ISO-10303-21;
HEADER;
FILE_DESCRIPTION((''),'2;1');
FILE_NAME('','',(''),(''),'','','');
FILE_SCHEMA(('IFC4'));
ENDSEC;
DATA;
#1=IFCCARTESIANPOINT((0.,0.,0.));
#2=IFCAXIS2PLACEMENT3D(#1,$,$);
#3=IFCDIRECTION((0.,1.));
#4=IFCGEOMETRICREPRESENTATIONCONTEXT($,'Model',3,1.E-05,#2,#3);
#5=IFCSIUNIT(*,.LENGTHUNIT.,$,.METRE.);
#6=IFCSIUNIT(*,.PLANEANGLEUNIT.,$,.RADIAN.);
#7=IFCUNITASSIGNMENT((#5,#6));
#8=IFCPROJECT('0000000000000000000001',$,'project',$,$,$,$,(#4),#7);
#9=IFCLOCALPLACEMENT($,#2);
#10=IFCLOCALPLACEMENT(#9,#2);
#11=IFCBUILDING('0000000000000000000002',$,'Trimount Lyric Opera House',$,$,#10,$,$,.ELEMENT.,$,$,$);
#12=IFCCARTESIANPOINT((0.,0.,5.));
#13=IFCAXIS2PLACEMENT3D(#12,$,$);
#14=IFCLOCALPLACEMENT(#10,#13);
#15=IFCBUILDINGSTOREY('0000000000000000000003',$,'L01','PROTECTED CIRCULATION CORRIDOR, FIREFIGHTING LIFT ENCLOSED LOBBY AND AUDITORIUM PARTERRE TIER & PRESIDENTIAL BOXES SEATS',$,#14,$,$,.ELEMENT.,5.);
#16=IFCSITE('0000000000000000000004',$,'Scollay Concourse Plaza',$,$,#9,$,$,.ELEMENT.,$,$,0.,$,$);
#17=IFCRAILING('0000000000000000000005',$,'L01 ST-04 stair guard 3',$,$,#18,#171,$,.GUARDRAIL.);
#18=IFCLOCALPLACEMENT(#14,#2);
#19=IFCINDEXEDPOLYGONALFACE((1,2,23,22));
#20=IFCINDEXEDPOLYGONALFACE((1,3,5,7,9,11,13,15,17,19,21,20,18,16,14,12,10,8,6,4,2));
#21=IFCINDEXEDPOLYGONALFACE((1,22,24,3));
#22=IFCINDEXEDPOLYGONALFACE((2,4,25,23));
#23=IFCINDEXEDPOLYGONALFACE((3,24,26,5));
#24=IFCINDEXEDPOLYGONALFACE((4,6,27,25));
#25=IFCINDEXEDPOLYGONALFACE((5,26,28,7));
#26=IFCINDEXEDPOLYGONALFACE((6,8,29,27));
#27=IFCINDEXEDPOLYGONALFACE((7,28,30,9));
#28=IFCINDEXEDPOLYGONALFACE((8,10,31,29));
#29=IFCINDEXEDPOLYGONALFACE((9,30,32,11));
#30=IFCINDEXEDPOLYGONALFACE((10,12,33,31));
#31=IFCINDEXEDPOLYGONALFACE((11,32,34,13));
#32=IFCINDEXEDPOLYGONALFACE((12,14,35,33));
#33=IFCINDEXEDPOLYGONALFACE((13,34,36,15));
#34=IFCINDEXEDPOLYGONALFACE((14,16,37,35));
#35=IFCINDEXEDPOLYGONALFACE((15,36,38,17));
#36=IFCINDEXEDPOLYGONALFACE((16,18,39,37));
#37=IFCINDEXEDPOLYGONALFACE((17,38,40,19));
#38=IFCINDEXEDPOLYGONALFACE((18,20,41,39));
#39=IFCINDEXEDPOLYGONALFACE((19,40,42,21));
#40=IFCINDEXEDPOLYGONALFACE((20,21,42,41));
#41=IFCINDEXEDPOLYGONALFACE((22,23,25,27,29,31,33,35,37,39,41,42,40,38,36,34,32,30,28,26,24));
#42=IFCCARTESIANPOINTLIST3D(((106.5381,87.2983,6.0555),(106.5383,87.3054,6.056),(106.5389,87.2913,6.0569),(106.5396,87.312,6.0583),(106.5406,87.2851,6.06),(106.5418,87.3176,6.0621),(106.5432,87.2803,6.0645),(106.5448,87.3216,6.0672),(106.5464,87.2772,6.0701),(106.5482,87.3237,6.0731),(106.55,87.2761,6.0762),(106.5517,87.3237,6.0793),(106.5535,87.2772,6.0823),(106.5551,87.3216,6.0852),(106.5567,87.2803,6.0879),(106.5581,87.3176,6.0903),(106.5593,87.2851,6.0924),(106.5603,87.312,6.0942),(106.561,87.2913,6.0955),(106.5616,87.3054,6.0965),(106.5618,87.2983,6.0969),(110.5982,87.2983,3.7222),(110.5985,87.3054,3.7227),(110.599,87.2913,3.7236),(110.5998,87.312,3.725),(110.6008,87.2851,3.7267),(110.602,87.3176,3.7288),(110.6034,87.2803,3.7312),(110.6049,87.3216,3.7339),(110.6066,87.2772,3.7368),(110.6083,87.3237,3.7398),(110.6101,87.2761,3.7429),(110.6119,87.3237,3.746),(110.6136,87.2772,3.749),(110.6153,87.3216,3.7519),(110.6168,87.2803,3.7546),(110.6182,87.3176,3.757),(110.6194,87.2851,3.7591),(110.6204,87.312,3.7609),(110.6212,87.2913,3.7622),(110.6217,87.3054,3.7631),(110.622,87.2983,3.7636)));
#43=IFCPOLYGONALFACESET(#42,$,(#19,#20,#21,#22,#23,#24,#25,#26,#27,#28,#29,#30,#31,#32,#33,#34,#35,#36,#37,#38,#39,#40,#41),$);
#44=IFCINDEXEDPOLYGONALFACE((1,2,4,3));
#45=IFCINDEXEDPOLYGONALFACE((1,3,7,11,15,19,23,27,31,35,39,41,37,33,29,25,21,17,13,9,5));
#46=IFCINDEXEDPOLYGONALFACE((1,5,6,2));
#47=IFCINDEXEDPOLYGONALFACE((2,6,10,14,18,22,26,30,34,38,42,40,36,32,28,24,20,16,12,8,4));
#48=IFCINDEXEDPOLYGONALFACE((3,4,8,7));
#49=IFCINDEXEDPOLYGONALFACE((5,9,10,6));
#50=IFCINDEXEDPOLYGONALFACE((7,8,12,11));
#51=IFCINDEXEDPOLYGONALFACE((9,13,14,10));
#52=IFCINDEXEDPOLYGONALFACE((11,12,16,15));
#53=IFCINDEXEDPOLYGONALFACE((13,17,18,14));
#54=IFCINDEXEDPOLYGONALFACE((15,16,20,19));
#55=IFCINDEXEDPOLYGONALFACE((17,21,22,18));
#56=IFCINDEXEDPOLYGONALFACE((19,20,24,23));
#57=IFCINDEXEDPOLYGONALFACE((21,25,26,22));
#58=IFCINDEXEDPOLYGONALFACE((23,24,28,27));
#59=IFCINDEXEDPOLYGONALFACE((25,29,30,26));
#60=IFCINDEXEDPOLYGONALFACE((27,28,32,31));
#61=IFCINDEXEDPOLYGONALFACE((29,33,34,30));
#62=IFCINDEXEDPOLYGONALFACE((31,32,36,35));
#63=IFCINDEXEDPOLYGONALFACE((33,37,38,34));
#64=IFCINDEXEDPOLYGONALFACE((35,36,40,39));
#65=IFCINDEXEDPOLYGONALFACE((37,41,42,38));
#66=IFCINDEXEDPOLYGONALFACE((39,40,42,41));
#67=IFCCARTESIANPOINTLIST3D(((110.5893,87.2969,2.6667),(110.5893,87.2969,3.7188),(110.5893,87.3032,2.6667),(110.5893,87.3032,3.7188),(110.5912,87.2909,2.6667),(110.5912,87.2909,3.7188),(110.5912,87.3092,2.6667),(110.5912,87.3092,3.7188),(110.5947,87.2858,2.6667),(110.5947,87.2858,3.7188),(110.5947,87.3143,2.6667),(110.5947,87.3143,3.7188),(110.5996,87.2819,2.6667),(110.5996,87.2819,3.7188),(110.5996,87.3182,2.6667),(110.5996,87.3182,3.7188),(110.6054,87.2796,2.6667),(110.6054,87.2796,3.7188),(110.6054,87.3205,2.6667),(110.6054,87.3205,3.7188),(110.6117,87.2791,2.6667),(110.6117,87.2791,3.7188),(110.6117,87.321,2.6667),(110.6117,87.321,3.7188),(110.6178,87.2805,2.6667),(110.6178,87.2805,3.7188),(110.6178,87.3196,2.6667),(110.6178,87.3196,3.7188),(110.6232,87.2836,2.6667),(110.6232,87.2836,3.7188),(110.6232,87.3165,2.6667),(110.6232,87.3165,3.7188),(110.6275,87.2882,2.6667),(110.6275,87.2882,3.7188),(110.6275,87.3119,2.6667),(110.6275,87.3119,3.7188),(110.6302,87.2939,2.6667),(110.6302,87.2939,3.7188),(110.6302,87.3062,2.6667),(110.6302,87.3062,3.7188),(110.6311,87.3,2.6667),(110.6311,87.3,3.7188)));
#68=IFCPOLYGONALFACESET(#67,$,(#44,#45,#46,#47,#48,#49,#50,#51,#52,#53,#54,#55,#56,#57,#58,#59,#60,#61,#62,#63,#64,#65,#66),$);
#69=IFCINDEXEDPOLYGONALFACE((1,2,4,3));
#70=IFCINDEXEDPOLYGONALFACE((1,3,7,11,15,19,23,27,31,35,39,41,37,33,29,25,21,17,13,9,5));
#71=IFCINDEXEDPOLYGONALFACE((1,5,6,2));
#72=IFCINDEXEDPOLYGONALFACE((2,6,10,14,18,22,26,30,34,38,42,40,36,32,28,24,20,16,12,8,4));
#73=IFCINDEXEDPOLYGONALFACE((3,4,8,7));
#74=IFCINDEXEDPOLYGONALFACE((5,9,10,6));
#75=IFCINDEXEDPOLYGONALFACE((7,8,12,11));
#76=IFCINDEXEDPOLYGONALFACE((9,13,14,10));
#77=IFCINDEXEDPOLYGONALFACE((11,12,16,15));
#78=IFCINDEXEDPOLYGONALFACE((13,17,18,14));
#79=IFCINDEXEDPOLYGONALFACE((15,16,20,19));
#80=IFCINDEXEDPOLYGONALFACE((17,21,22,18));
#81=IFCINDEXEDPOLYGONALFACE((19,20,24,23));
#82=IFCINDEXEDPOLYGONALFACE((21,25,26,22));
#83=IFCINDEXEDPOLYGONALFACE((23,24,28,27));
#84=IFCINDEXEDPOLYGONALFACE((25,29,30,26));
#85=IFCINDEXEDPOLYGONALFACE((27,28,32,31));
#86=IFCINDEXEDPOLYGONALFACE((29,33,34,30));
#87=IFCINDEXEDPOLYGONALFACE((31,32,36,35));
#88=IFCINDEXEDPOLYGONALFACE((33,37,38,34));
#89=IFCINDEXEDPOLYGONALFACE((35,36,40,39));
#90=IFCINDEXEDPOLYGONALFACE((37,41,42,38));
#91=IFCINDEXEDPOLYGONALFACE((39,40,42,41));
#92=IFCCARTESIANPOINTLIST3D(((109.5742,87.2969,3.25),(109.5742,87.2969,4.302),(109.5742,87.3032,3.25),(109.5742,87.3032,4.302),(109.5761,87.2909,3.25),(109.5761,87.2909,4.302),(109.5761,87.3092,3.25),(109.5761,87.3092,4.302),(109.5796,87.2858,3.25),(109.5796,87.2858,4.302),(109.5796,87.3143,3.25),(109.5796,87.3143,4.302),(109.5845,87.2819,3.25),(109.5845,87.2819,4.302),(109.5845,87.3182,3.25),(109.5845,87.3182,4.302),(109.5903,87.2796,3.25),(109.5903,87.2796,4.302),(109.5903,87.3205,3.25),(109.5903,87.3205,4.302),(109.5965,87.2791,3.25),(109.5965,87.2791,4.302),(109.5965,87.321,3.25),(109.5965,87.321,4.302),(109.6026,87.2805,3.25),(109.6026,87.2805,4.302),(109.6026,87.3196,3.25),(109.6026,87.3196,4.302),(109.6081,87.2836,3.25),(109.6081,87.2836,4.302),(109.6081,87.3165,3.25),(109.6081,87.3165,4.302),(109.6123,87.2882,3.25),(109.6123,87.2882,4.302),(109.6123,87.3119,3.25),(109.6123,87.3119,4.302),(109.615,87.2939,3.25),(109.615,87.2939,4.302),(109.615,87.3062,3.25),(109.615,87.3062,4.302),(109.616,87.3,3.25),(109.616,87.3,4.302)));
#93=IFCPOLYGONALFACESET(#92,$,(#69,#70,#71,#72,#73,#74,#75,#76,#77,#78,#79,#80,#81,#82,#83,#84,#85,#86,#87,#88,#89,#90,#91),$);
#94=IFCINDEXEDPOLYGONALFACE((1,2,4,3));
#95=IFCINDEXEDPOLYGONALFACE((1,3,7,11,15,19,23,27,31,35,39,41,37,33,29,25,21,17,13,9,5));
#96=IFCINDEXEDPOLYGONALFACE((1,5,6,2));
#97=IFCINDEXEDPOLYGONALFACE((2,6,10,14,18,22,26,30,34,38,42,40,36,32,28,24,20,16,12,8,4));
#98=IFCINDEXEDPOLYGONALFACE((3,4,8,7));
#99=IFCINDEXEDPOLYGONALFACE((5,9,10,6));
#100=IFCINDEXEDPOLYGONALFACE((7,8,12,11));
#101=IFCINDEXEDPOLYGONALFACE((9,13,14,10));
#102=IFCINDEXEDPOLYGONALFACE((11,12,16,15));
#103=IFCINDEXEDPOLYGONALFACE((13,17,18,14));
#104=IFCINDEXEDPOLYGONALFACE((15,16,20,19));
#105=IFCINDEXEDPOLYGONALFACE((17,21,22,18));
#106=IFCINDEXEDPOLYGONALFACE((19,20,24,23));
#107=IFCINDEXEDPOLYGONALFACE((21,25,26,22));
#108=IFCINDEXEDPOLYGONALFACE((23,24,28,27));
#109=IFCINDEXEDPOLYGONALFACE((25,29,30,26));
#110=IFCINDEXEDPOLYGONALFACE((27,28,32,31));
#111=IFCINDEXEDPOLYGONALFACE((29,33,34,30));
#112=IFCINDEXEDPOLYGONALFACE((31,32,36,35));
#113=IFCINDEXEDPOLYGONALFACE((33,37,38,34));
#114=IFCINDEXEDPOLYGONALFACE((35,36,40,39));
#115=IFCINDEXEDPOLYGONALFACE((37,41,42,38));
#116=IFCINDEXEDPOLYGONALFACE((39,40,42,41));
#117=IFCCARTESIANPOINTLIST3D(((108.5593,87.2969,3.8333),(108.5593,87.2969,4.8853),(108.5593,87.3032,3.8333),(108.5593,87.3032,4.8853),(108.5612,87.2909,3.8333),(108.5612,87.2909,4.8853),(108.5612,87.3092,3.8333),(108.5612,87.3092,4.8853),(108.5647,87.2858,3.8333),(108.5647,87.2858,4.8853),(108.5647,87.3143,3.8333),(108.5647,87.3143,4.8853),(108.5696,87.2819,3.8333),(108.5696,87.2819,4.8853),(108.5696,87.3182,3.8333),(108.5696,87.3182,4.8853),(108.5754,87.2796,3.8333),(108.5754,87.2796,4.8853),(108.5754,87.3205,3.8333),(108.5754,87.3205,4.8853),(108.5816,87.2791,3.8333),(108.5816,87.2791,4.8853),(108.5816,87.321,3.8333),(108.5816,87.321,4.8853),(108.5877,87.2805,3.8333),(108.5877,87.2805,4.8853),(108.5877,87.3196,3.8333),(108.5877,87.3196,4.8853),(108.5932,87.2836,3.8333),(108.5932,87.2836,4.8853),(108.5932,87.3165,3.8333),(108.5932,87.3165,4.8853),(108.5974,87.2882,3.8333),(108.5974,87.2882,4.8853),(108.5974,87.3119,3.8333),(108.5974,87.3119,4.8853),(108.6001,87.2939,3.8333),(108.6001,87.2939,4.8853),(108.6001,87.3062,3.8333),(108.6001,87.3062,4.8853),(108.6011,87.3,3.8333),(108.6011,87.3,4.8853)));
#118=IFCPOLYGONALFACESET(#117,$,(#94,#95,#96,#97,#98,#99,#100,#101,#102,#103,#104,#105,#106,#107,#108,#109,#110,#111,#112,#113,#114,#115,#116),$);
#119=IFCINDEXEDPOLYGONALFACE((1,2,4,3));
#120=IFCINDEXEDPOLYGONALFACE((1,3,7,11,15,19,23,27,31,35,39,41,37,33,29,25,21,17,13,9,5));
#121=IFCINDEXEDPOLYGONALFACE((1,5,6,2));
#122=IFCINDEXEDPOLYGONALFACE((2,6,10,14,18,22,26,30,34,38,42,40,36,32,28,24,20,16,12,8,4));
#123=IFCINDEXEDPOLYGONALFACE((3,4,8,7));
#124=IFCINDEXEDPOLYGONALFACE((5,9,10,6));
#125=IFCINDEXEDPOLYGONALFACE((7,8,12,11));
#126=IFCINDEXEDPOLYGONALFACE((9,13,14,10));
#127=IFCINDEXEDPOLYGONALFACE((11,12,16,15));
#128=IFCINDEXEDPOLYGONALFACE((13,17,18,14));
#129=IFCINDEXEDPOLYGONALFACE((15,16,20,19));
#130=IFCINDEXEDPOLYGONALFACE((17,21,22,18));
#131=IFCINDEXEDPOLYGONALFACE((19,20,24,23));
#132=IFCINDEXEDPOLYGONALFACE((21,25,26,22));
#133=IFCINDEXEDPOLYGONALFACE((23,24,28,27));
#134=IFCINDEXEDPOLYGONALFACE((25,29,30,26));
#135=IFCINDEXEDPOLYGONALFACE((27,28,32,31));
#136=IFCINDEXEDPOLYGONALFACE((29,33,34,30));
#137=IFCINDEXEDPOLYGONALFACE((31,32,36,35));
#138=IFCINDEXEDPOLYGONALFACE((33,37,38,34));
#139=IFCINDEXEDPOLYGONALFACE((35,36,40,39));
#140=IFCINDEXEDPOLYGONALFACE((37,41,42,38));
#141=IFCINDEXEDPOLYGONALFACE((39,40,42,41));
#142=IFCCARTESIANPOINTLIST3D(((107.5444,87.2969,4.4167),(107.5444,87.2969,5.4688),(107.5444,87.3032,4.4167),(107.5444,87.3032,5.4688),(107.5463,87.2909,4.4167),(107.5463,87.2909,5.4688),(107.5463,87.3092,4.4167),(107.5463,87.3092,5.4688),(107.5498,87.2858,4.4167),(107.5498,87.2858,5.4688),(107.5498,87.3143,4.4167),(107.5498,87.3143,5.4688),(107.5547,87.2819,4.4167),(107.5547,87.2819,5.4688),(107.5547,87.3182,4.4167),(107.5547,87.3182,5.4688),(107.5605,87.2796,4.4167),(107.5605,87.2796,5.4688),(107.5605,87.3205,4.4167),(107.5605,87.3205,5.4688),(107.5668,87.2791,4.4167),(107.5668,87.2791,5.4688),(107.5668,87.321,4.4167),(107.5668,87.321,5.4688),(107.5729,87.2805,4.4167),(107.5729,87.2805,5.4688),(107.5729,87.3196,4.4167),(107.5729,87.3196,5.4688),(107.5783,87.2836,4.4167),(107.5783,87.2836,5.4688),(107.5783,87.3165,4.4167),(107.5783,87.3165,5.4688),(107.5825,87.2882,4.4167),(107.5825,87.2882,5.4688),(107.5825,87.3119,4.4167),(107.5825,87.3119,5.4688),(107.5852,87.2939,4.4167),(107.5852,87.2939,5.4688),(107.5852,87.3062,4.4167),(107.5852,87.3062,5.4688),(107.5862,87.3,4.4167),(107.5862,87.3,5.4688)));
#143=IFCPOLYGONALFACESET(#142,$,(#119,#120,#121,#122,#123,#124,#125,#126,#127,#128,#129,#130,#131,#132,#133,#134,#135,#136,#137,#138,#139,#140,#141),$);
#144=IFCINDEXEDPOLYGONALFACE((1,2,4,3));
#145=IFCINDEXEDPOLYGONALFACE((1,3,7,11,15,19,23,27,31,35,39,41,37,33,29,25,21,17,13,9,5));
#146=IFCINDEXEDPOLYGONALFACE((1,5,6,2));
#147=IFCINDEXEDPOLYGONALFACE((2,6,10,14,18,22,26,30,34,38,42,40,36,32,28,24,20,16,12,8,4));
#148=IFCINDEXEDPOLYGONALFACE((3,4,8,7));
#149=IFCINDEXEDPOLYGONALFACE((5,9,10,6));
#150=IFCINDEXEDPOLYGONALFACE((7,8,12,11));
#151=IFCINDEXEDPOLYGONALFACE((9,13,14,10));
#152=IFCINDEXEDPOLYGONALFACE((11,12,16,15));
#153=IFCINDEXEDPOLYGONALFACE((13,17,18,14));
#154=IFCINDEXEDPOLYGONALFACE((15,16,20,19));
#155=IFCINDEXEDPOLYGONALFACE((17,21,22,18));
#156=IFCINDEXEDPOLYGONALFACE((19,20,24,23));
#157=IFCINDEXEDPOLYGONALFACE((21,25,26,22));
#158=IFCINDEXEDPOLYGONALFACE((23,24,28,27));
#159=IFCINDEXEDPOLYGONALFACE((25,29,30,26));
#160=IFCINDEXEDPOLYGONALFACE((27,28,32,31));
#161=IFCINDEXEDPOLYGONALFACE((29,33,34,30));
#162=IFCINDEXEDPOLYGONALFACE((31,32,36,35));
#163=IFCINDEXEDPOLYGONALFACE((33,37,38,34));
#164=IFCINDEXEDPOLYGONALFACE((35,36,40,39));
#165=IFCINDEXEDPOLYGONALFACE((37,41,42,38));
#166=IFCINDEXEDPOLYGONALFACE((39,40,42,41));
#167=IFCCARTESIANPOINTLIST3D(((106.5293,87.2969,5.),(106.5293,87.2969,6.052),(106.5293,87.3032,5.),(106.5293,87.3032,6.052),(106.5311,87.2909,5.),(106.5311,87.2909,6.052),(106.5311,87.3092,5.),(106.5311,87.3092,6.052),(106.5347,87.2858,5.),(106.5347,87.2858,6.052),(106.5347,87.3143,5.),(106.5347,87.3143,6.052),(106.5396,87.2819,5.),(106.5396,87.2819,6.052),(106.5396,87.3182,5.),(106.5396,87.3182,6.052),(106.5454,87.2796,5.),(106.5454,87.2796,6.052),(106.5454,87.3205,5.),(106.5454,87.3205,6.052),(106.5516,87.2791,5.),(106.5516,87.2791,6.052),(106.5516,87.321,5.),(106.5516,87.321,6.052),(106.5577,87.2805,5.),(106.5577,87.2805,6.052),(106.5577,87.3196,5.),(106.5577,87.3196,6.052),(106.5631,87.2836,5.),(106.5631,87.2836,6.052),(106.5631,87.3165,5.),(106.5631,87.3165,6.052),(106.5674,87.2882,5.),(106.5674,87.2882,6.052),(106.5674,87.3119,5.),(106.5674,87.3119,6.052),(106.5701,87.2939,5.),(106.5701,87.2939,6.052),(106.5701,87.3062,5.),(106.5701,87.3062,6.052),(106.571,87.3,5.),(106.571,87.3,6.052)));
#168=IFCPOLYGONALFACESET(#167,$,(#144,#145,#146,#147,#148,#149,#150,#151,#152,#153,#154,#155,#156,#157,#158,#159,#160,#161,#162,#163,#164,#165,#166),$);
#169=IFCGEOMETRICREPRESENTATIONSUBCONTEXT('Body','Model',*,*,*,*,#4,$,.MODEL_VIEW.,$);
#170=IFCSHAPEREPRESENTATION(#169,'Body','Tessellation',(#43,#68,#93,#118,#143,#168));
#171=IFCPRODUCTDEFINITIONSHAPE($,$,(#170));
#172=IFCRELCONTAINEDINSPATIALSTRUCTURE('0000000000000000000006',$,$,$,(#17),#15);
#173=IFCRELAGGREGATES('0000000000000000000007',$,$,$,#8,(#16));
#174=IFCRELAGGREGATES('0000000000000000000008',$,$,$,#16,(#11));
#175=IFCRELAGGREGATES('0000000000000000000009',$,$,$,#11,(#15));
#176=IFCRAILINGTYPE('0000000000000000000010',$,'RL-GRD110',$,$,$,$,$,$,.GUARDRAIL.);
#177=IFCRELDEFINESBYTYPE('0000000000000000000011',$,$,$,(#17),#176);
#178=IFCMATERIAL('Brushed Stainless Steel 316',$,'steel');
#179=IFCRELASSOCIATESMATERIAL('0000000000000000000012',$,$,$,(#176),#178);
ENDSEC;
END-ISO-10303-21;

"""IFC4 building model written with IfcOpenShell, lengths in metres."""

from ifc_helpers import new_model, si_unit, direction, frame, origin, origin_2d, place, context, subcontext, project, spatial, circle, extrude, material, type_object, element, save


model = new_model("IFC4")

# Units and contexts
model_context = context("Model", 3, precision=1e-05, world=origin(), true_north=direction((0.0, 1.0)))
body_context = subcontext(model_context, "Body", "Model", "MODEL_VIEW")
ifc_project = project(units=[si_unit("LENGTHUNIT", "METRE"), si_unit("PLANEANGLEUNIT", "RADIAN")], contexts=[model_context])

# Site, building, storey
site_placement = place(None, origin())
site = spatial("IfcSite", under=ifc_project, at=site_placement, Name="Scollay Concourse Plaza", CompositionType="ELEMENT", RefElevation=0.0)
building_placement = place(site_placement, origin())
building = spatial("IfcBuilding", under=site, at=building_placement, Name="Trimount Lyric Opera House", CompositionType="ELEMENT")
storey_placement = place(building_placement, frame((0.0, 0.0, 5.0)))
storey = spatial("IfcBuildingStorey", under=building, at=storey_placement, Name="L01", Description="PROTECTED CIRCULATION CORRIDOR, FIREFIGHTING LIFT ENCLOSED LOBBY AND AUDITORIUM PARTERRE TIER & PRESIDENTIAL BOXES SEATS", CompositionType="ELEMENT", Elevation=5.0)

# Railing
ifc_material_1 = material(Name="Brushed Stainless Steel 316", Category="steel")
railing_type_1 = type_object("IfcRailingType", Name="RL-GRD110", PredefinedType="GUARDRAIL", material=ifc_material_1)
railing_1_placement = place(storey_placement, frame((110.6101, 87.3, 2.6667)))
element("IfcRailing", 1, at=railing_1_placement, inside=storey, type_object=railing_type_1, Name="L01 ST-04 stair guard 3", PredefinedType="GUARDRAIL", context=body_context, shape_type="SweptSolid", body=[
    extrude(circle(Radius=0.0239, at=origin_2d()), frame((0.0, 0.0, 1.0762), z_axis=(-0.867025, 0.0, 0.498265), x_axis=(0.0, -1.0, 0.0)), (0.0, 0.0, 1.0), 4.6829),
    extrude(circle(Radius=0.021, at=origin_2d()), origin(), (0.0, 0.0, 1.0), 1.052),
    extrude(circle(Radius=0.021, at=origin_2d()), frame((-1.0151, 0.0, 0.5833)), (0.0, 0.0, 1.0), 1.052),
    extrude(circle(Radius=0.021, at=origin_2d()), frame((-2.03, 0.0, 1.1665)), (0.0, 0.0, 1.0), 1.052),
    extrude(circle(Radius=0.021, at=origin_2d()), frame((-3.0449, 0.0, 1.75)), (0.0, 0.0, 1.0), 1.052),
    extrude(circle(Radius=0.021, at=origin_2d()), frame((-4.0601, 0.0, 2.3333)), (0.0, 0.0, 1.0), 1.052),
])

save(model, "model.ifc")
